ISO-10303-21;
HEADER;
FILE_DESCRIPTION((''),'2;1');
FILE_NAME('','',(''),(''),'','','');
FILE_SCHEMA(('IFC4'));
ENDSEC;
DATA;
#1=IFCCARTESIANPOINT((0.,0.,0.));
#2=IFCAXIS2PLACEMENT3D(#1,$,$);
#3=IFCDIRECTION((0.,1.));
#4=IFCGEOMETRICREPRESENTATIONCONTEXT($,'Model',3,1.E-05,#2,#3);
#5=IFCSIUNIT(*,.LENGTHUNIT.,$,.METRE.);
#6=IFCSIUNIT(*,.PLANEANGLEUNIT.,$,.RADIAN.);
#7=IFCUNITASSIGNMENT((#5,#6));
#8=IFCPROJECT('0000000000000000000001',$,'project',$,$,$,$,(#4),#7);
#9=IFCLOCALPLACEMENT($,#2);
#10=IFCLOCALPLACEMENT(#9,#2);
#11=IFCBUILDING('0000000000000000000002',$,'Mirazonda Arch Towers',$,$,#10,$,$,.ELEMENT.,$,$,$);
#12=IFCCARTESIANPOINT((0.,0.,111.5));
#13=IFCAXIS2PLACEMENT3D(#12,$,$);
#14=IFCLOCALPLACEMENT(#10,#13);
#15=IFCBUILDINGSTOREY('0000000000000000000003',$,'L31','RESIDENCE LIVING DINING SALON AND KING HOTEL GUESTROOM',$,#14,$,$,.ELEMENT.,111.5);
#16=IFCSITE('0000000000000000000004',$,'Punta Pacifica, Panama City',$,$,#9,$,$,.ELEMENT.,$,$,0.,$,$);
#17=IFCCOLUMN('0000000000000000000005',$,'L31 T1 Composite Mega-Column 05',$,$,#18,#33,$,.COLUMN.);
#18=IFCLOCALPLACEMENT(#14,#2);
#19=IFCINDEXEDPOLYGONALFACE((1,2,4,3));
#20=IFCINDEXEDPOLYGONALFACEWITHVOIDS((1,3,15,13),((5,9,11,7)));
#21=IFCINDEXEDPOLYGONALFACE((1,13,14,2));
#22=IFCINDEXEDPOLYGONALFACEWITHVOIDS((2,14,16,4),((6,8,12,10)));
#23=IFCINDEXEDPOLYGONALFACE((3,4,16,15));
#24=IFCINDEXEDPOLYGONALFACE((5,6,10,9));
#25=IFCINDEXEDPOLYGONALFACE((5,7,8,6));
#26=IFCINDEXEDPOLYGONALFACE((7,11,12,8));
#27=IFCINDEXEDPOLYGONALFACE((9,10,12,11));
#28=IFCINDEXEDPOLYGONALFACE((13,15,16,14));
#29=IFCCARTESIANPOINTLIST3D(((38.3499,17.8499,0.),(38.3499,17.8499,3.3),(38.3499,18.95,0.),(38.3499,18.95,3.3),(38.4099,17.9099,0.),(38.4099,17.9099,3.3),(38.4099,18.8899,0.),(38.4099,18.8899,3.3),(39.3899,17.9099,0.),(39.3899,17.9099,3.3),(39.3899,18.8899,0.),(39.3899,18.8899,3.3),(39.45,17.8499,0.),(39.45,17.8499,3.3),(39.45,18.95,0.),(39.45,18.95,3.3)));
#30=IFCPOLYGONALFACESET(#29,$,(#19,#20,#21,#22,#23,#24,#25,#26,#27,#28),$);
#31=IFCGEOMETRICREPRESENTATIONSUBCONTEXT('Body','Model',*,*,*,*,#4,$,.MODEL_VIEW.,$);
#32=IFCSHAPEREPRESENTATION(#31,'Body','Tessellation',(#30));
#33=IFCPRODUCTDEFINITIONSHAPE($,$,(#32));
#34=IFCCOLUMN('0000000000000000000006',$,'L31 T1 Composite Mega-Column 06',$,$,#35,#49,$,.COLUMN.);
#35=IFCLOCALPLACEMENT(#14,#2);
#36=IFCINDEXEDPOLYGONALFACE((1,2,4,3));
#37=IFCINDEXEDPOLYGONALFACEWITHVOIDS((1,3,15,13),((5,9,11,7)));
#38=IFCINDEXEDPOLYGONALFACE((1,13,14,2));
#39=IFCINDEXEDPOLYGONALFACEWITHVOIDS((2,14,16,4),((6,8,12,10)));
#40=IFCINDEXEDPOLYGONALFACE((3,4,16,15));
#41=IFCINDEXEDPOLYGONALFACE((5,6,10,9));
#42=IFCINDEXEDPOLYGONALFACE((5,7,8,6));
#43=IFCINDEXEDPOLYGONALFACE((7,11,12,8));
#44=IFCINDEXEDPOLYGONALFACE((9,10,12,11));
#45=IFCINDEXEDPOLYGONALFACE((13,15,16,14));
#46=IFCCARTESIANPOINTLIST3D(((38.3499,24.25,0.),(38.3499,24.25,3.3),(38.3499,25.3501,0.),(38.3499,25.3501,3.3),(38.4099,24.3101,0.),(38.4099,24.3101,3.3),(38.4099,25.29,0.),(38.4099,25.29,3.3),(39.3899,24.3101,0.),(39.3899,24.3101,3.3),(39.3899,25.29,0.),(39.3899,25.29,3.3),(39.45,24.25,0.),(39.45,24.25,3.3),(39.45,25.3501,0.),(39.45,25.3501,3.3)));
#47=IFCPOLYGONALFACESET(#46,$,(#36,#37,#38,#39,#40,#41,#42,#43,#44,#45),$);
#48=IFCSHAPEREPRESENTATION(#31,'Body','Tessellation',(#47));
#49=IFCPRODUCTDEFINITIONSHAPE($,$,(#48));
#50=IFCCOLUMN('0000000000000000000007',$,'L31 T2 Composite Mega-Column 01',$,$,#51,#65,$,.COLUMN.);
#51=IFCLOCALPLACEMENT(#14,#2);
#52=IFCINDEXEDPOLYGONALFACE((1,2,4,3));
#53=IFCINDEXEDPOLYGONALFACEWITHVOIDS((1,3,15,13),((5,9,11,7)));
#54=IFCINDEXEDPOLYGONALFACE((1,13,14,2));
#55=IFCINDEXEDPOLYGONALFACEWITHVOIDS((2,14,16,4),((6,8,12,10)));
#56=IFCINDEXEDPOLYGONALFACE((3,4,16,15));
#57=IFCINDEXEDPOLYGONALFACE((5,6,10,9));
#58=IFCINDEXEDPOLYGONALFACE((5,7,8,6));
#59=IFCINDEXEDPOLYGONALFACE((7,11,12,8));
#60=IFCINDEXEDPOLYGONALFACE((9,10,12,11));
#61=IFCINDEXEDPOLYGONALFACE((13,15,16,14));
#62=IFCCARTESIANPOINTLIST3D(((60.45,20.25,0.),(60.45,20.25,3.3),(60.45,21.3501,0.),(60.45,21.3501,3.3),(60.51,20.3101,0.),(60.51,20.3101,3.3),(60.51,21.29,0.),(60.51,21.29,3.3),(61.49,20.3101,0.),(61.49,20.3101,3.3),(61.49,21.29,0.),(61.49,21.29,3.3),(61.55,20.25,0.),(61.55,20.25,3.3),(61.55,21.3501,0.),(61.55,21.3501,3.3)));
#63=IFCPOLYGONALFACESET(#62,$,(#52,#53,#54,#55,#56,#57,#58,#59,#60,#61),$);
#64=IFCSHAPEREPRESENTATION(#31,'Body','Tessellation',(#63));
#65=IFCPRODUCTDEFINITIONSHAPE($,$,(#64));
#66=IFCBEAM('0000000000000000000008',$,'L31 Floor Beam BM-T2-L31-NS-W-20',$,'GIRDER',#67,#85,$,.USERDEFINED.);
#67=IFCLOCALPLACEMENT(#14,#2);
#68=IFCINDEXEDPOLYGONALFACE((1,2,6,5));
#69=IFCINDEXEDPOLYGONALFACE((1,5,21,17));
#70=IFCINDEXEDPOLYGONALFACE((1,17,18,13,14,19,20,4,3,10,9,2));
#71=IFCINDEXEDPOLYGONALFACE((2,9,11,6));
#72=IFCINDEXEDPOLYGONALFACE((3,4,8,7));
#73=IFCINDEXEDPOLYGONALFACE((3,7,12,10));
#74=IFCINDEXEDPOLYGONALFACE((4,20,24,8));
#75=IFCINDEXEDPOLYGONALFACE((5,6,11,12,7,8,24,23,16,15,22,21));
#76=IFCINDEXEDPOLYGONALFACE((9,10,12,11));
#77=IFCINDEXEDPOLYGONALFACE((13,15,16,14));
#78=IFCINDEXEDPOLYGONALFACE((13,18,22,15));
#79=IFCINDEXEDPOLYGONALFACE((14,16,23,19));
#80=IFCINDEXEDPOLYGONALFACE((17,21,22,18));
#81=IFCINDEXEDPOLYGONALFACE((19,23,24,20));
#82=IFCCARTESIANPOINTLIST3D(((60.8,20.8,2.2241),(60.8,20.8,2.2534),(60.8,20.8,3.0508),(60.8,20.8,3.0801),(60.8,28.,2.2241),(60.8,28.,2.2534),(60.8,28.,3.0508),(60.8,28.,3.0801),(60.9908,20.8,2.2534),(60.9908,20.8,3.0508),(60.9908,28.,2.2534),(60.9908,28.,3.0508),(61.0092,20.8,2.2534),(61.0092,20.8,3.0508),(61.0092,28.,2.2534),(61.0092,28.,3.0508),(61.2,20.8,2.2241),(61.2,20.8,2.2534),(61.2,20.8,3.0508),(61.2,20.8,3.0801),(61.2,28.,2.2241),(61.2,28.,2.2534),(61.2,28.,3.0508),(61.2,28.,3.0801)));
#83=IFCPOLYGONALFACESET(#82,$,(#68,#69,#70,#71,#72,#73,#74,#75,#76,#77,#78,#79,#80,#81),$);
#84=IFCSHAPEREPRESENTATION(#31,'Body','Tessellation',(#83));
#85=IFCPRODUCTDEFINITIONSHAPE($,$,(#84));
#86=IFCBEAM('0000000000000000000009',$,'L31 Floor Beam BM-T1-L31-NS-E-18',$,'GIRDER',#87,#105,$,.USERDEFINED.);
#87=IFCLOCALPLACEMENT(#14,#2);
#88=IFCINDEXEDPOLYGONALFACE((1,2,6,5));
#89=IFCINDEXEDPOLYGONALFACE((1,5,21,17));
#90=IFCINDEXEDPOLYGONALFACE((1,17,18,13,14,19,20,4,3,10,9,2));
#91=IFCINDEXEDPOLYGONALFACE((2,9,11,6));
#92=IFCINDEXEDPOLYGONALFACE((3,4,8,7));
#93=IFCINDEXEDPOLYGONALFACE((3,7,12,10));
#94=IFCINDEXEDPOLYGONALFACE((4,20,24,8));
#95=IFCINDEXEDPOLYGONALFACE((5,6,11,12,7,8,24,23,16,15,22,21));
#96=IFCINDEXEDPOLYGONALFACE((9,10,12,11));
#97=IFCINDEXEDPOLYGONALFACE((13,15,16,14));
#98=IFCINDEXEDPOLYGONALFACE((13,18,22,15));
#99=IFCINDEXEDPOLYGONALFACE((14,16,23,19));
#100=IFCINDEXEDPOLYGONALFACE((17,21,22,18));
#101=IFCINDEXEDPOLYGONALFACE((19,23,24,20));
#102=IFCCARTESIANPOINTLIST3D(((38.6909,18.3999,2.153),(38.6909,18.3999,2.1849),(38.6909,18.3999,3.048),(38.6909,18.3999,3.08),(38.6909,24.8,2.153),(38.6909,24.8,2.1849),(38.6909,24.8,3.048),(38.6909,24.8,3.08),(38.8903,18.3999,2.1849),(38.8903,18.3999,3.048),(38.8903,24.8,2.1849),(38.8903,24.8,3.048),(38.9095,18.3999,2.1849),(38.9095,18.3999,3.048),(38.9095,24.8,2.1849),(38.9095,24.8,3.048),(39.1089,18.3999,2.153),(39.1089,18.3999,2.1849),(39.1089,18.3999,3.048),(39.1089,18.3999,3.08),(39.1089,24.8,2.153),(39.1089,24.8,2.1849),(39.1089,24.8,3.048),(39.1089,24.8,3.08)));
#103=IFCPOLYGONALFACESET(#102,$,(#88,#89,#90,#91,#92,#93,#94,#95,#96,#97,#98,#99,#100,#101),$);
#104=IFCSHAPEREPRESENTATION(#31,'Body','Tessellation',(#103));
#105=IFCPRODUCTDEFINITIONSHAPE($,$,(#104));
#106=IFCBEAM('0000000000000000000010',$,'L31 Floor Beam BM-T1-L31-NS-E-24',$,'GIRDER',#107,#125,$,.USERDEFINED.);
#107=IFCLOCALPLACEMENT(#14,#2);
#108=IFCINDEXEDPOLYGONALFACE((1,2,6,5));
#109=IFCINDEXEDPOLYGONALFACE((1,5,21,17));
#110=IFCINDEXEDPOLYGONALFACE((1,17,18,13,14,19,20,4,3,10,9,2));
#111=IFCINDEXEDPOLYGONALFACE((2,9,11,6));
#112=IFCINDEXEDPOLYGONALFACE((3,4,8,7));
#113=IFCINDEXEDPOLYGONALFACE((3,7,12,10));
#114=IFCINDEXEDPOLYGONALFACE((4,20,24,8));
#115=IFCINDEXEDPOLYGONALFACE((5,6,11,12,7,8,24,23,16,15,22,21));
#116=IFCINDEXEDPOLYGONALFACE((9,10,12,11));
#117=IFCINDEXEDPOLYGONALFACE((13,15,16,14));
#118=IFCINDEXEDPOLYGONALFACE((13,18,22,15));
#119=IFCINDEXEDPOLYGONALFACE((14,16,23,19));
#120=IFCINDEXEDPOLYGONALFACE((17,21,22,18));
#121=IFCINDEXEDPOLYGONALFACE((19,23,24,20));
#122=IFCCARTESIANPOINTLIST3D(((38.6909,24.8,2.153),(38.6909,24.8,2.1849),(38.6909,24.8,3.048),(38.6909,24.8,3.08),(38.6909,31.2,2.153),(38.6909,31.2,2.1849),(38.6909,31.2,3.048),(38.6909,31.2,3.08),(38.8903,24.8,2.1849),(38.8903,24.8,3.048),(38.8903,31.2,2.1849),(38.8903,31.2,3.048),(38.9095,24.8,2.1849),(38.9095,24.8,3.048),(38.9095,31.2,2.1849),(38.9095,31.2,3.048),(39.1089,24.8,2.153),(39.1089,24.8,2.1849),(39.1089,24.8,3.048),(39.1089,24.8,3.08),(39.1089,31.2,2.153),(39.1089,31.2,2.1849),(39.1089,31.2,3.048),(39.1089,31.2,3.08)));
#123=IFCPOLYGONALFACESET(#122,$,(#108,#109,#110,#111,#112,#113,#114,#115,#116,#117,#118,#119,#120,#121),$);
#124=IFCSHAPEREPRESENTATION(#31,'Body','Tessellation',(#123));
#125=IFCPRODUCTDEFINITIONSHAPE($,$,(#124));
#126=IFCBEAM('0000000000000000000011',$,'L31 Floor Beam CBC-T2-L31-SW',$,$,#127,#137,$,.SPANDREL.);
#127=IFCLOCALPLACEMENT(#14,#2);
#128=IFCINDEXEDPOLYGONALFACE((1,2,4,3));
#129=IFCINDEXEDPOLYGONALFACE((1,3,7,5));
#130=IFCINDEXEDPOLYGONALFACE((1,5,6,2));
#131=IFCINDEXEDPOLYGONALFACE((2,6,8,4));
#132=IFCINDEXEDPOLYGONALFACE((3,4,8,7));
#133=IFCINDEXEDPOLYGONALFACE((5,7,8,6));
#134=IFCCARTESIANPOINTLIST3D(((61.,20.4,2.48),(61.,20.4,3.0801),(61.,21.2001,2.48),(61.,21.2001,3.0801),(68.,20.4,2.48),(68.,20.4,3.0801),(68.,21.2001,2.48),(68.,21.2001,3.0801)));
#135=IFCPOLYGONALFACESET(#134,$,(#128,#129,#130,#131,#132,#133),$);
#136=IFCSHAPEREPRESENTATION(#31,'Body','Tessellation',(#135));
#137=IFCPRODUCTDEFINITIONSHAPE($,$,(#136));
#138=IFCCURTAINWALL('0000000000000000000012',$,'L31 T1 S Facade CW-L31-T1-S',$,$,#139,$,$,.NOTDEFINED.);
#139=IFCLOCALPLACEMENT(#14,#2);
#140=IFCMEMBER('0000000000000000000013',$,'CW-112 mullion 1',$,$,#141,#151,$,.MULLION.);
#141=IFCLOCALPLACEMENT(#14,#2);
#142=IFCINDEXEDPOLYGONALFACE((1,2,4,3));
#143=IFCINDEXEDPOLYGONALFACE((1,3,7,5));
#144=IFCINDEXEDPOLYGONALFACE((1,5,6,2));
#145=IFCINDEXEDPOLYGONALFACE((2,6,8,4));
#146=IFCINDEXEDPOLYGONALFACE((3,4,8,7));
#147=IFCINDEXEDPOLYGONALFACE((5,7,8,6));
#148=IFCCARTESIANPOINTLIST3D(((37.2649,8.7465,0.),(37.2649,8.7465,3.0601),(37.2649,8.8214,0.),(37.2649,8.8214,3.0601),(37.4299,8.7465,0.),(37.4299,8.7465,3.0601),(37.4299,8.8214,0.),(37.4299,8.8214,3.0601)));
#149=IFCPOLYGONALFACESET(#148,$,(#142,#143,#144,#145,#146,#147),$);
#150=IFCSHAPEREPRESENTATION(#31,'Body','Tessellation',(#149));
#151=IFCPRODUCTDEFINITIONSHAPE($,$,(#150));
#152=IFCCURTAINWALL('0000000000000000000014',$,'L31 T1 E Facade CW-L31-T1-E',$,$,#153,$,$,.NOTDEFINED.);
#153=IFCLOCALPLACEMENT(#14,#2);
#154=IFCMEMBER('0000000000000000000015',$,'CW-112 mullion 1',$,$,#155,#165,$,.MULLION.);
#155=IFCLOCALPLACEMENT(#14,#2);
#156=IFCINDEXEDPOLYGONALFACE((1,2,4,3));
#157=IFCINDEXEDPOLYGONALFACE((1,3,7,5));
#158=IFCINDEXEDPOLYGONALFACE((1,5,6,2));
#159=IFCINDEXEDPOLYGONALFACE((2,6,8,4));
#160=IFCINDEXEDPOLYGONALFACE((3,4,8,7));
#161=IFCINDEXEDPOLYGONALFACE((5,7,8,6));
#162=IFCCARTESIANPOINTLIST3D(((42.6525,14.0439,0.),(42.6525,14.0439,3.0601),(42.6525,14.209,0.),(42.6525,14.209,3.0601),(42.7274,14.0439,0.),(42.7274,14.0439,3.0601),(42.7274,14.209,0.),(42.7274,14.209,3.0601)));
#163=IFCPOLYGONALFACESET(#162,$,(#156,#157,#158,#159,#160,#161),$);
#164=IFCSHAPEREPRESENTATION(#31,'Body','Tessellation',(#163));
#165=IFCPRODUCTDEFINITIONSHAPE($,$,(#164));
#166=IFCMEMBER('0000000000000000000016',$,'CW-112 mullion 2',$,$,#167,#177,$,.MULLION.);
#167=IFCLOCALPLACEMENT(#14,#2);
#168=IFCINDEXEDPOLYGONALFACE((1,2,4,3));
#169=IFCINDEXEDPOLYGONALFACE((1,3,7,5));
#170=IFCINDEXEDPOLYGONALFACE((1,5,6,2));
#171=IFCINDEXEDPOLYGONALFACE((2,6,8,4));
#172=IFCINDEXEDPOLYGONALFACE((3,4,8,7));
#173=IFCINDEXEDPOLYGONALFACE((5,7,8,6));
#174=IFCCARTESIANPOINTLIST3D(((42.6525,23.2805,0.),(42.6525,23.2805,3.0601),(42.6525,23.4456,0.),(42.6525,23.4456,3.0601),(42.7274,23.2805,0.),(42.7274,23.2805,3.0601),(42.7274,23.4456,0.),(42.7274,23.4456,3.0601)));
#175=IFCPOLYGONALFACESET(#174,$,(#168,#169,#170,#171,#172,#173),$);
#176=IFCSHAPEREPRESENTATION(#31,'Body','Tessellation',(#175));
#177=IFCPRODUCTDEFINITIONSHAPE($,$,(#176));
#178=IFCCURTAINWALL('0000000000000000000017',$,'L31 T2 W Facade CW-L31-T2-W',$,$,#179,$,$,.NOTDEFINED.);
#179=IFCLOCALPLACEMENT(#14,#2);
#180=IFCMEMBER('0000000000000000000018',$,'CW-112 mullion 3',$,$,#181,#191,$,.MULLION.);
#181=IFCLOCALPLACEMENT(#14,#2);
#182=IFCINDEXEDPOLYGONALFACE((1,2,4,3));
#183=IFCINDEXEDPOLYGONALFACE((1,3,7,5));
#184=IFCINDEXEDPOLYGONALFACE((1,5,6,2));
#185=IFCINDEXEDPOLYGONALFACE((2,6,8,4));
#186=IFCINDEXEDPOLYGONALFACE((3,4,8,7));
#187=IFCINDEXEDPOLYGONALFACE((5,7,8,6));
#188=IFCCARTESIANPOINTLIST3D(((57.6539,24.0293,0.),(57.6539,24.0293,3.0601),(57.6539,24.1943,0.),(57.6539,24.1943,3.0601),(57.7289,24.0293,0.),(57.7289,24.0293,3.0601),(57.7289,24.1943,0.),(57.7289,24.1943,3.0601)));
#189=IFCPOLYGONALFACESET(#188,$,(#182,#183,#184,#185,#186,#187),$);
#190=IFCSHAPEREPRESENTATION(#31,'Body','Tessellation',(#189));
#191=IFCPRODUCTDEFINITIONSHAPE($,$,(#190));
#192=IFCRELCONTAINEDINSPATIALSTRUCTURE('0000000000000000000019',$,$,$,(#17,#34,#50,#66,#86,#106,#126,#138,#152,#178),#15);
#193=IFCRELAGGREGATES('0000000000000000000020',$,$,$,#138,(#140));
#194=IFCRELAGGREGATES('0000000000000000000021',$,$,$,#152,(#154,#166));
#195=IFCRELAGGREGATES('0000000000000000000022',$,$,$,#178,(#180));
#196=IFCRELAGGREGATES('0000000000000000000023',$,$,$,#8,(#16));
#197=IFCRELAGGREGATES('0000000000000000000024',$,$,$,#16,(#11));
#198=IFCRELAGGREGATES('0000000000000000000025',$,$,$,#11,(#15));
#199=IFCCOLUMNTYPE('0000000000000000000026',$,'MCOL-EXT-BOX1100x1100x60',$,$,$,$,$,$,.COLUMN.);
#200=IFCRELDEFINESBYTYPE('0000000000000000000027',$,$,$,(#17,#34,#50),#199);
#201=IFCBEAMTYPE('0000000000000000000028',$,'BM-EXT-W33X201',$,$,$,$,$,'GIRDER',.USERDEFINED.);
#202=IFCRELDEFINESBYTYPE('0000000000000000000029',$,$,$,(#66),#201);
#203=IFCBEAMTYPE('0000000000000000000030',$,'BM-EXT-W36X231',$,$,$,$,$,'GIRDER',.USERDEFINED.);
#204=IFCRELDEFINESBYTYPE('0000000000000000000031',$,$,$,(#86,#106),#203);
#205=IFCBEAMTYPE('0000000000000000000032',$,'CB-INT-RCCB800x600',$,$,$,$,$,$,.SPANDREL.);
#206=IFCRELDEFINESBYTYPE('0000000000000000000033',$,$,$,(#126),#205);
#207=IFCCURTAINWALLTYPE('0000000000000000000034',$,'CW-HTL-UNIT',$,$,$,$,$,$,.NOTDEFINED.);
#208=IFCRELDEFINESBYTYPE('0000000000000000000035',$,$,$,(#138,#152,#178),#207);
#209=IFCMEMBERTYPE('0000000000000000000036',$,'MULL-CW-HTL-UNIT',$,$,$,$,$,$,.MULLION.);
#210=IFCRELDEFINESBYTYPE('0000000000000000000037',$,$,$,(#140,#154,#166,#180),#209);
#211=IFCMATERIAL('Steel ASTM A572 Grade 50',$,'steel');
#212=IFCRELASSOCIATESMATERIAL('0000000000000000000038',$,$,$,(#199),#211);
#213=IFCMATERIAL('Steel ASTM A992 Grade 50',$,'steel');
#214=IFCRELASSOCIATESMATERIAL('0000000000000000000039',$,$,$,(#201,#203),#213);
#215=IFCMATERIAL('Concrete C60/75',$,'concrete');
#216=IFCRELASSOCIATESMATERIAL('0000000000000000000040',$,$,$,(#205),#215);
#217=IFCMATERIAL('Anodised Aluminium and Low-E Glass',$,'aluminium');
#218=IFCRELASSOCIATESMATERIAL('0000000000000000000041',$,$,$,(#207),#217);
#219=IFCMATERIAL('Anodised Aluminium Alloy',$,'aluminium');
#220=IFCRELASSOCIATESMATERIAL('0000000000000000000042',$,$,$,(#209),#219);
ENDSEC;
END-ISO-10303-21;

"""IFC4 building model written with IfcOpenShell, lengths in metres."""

from ifc_helpers import new_model, si_unit, direction, frame, origin, origin_2d, place, context, subcontext, project, spatial, rectangle, hollow_rectangle, i_section, extrude, material, material_profile, profile_set, type_object, element, aggregate, save


model = new_model("IFC4")

# Units and contexts
model_context = context("Model", 3, precision=1e-05, world=origin(), true_north=direction((0.0, 1.0)))
body_context = subcontext(model_context, "Body", "Model", "MODEL_VIEW")
ifc_project = project(units=[si_unit("LENGTHUNIT", "METRE"), si_unit("PLANEANGLEUNIT", "RADIAN")], contexts=[model_context])

# Site, building, storey
site_placement = place(None, origin())
site = spatial("IfcSite", under=ifc_project, at=site_placement, Name="Punta Pacifica, Panama City", CompositionType="ELEMENT", RefElevation=0.0)
building_placement = place(site_placement, origin())
building = spatial("IfcBuilding", under=site, at=building_placement, Name="Mirazonda Arch Towers", CompositionType="ELEMENT")
storey_placement = place(building_placement, frame((0.0, 0.0, 111.5)))
storey = spatial("IfcBuildingStorey", under=building, at=storey_placement, Name="L31", Description="RESIDENCE LIVING DINING SALON AND KING HOTEL GUESTROOM", CompositionType="ELEMENT", Elevation=111.5)

# Columns
ifc_material_1 = material(Name="Steel ASTM A572 Grade 50", Category="steel")
ifc_material_profile_1 = material_profile(ifc_material_1, hollow_rectangle(XDim=1.1001, YDim=1.1001, WallThickness=0.0601, at=origin_2d()), Name="BOX1100x1100x60")
ifc_profile_set_1 = profile_set([ifc_material_profile_1], Name="Steel ASTM A572 Grade 50")
column_type = type_object("IfcColumnType", Name="MCOL-EXT-BOX1100x1100x60", PredefinedType="COLUMN", material=ifc_profile_set_1)
for number, where, z_axis, x_axis, name in (
    (1, (38.8999, 18.3999, 0.0), (0.0, 0.0, 1.0), (1.0, 0.0, 0.0), "L31 T1 Composite Mega-Column 05"),
    (2, (38.8999, 24.8, 0.0), (0.0, 0.0, 1.0), (1.0, 0.0, 0.0), "L31 T1 Composite Mega-Column 06"),
    (3, (61.0, 20.8, 0.0), (0.0, 0.0, 1.0), (1.0, 0.0, 0.0), "L31 T2 Composite Mega-Column 01"),
):
    element("IfcColumn", number, at=place(storey_placement, frame(where, z_axis=z_axis, x_axis=x_axis)), inside=storey, type_object=column_type, Name=name, PredefinedType="COLUMN", context=body_context, shape_type="SweptSolid", body=[
        extrude(hollow_rectangle(XDim=1.1001, YDim=1.1001, WallThickness=0.0601, at=origin_2d()), origin(), (0.0, 0.0, 1.0), 3.3),
    ])

# Beams
ifc_material_2 = material(Name="Steel ASTM A992 Grade 50", Category="steel")
ifc_material_profile_2 = material_profile(ifc_material_2, i_section(OverallWidth=0.3999, OverallDepth=0.856, WebThickness=0.0183, FlangeThickness=0.0293, at=origin_2d()), Name="W33X201")
ifc_profile_set_2 = profile_set([ifc_material_profile_2], Name="Steel ASTM A992 Grade 50")
beam_type_1 = type_object("IfcBeamType", Name="BM-EXT-W33X201", ElementType="GIRDER", PredefinedType="USERDEFINED", material=ifc_profile_set_2)
beam_1_placement = place(storey_placement, frame((61.0, 20.8, 2.6521), z_axis=(0.0, 1.0, 0.0), x_axis=(-1.0, 0.0, 0.0)))
element("IfcBeam", 4, at=beam_1_placement, inside=storey, type_object=beam_type_1, Name="L31 Floor Beam BM-T2-L31-NS-W-20", ObjectType="GIRDER", PredefinedType="USERDEFINED", context=body_context, shape_type="SweptSolid", body=[
    extrude(i_section(OverallWidth=0.3999, OverallDepth=0.856, WebThickness=0.0183, FlangeThickness=0.0293, at=origin_2d()), origin(), (0.0, 0.0, 1.0), 7.2),
])
ifc_material_profile_3 = material_profile(ifc_material_2, i_section(OverallWidth=0.418, OverallDepth=0.927, WebThickness=0.0193, FlangeThickness=0.032, at=origin_2d()), Name="W36X231")
ifc_profile_set_3 = profile_set([ifc_material_profile_3], Name="Steel ASTM A992 Grade 50")
beam_type_2 = type_object("IfcBeamType", Name="BM-EXT-W36X231", ElementType="GIRDER", PredefinedType="USERDEFINED", material=ifc_profile_set_3)
beam_2_placement = place(storey_placement, frame((38.8999, 18.3999, 2.6165), z_axis=(0.0, 1.0, 0.0), x_axis=(-1.0, 0.0, 0.0)))
element("IfcBeam", 5, at=beam_2_placement, inside=storey, type_object=beam_type_2, Name="L31 Floor Beam BM-T1-L31-NS-E-18", ObjectType="GIRDER", PredefinedType="USERDEFINED", context=body_context, shape_type="SweptSolid", body=[
    extrude(i_section(OverallWidth=0.418, OverallDepth=0.927, WebThickness=0.0193, FlangeThickness=0.032, at=origin_2d()), origin(), (0.0, 0.0, 1.0), 6.4001),
])
beam_3_placement = place(storey_placement, frame((38.8999, 24.8, 2.6165), z_axis=(0.0, 1.0, 0.0), x_axis=(-1.0, 0.0, 0.0)))
element("IfcBeam", 6, at=beam_3_placement, inside=storey, type_object=beam_type_2, Name="L31 Floor Beam BM-T1-L31-NS-E-24", ObjectType="GIRDER", PredefinedType="USERDEFINED", context=body_context, shape_type="SweptSolid", body=[
    extrude(i_section(OverallWidth=0.418, OverallDepth=0.927, WebThickness=0.0193, FlangeThickness=0.032, at=origin_2d()), origin(), (0.0, 0.0, 1.0), 6.3999),
])
ifc_material_3 = material(Name="Concrete C60/75", Category="concrete")
ifc_material_profile_4 = material_profile(ifc_material_3, rectangle(XDim=0.8, YDim=0.6001, at=origin_2d()), Name="RCCB800x600")
ifc_profile_set_4 = profile_set([ifc_material_profile_4], Name="Concrete C60/75")
beam_type_3 = type_object("IfcBeamType", Name="CB-INT-RCCB800x600", PredefinedType="SPANDREL", material=ifc_profile_set_4)
beam_4_placement = place(storey_placement, frame((61.0, 20.8, 2.78), z_axis=(1.0, 0.0, 0.0), x_axis=(0.0, 1.0, 0.0)))
element("IfcBeam", 7, at=beam_4_placement, inside=storey, type_object=beam_type_3, Name="L31 Floor Beam CBC-T2-L31-SW", PredefinedType="SPANDREL", context=body_context, shape_type="SweptSolid", body=[
    extrude(rectangle(XDim=0.8, YDim=0.6001, at=origin_2d()), origin(), (0.0, 0.0, 1.0), 7.0),
])

# Curtain wall, member
ifc_material_4 = material(Name="Anodised Aluminium and Low-E Glass", Category="aluminium")
curtain_wall_type = type_object("IfcCurtainWallType", Name="CW-HTL-UNIT", PredefinedType="NOTDEFINED", material=ifc_material_4)
curtain_wall_1_placement = place(storey_placement, origin())
curtain_wall_1 = element("IfcCurtainWall", 8, at=curtain_wall_1_placement, inside=storey, type_object=curtain_wall_type, Name="L31 T1 S Facade CW-L31-T1-S", PredefinedType="NOTDEFINED")
ifc_material_5 = material(Name="Anodised Aluminium Alloy", Category="aluminium")
ifc_material_profile_5 = material_profile(ifc_material_5, rectangle(XDim=0.075, YDim=0.165, at=origin_2d()), Name="ALU-MULL-75x165")
ifc_profile_set_5 = profile_set([ifc_material_profile_5], Name="Anodised Aluminium Alloy")
member_type_1 = type_object("IfcMemberType", Name="MULL-CW-HTL-UNIT", PredefinedType="MULLION", material=ifc_profile_set_5)
member_1_placement = place(storey_placement, frame((37.3474, 8.7839, 0.0), z_axis=(0.0, 0.0, 1.0), x_axis=(0.0, -1.0, 0.0)))
member_1 = element("IfcMember", 9, at=member_1_placement, type_object=member_type_1, Name="CW-112 mullion 1", PredefinedType="MULLION", context=body_context, shape_type="SweptSolid", body=[
    extrude(rectangle(XDim=0.075, YDim=0.165, at=origin_2d()), origin(), (0.0, 0.0, 1.0), 3.0601),
])
aggregate(curtain_wall_1, [member_1])

# Curtain walls, members
curtain_wall_2_placement = place(storey_placement, origin())
curtain_wall_2 = element("IfcCurtainWall", 10, at=curtain_wall_2_placement, inside=storey, type_object=curtain_wall_type, Name="L31 T1 E Facade CW-L31-T1-E", PredefinedType="NOTDEFINED")
member_2_placement = place(storey_placement, frame((42.6899, 14.1265, 0.0), z_axis=(0.0, 0.0, 1.0), x_axis=(-1.0, 0.0, 0.0)))
member_2 = element("IfcMember", 11, at=member_2_placement, type_object=member_type_1, Name="CW-112 mullion 1", PredefinedType="MULLION", context=body_context, shape_type="SweptSolid", body=[
    extrude(rectangle(XDim=0.075, YDim=0.165, at=origin_2d()), origin(), (0.0, 0.0, 1.0), 3.0601),
])
member_3_placement = place(storey_placement, frame((42.6899, 23.363, 0.0), z_axis=(0.0, 0.0, 1.0), x_axis=(-1.0, 0.0, 0.0)))
member_3 = element("IfcMember", 12, at=member_3_placement, type_object=member_type_1, Name="CW-112 mullion 2", PredefinedType="MULLION", context=body_context, shape_type="SweptSolid", body=[
    extrude(rectangle(XDim=0.075, YDim=0.165, at=origin_2d()), origin(), (0.0, 0.0, 1.0), 3.0601),
])
curtain_wall_3_placement = place(storey_placement, origin())
curtain_wall_3 = element("IfcCurtainWall", 13, at=curtain_wall_3_placement, inside=storey, type_object=curtain_wall_type, Name="L31 T2 W Facade CW-L31-T2-W", PredefinedType="NOTDEFINED")
member_4_placement = place(storey_placement, frame((57.6914, 24.1118, 0.0), z_axis=(0.0, 0.0, 1.0), x_axis=(1.0, 0.0, 0.0)))
member_4 = element("IfcMember", 14, at=member_4_placement, type_object=member_type_1, Name="CW-112 mullion 3", PredefinedType="MULLION", context=body_context, shape_type="SweptSolid", body=[
    extrude(rectangle(XDim=0.075, YDim=0.165, at=origin_2d()), origin(), (0.0, 0.0, 1.0), 3.0601),
])

aggregate(curtain_wall_2, [member_2, member_3])
aggregate(curtain_wall_3, [member_4])

save(model, "model.ifc")
